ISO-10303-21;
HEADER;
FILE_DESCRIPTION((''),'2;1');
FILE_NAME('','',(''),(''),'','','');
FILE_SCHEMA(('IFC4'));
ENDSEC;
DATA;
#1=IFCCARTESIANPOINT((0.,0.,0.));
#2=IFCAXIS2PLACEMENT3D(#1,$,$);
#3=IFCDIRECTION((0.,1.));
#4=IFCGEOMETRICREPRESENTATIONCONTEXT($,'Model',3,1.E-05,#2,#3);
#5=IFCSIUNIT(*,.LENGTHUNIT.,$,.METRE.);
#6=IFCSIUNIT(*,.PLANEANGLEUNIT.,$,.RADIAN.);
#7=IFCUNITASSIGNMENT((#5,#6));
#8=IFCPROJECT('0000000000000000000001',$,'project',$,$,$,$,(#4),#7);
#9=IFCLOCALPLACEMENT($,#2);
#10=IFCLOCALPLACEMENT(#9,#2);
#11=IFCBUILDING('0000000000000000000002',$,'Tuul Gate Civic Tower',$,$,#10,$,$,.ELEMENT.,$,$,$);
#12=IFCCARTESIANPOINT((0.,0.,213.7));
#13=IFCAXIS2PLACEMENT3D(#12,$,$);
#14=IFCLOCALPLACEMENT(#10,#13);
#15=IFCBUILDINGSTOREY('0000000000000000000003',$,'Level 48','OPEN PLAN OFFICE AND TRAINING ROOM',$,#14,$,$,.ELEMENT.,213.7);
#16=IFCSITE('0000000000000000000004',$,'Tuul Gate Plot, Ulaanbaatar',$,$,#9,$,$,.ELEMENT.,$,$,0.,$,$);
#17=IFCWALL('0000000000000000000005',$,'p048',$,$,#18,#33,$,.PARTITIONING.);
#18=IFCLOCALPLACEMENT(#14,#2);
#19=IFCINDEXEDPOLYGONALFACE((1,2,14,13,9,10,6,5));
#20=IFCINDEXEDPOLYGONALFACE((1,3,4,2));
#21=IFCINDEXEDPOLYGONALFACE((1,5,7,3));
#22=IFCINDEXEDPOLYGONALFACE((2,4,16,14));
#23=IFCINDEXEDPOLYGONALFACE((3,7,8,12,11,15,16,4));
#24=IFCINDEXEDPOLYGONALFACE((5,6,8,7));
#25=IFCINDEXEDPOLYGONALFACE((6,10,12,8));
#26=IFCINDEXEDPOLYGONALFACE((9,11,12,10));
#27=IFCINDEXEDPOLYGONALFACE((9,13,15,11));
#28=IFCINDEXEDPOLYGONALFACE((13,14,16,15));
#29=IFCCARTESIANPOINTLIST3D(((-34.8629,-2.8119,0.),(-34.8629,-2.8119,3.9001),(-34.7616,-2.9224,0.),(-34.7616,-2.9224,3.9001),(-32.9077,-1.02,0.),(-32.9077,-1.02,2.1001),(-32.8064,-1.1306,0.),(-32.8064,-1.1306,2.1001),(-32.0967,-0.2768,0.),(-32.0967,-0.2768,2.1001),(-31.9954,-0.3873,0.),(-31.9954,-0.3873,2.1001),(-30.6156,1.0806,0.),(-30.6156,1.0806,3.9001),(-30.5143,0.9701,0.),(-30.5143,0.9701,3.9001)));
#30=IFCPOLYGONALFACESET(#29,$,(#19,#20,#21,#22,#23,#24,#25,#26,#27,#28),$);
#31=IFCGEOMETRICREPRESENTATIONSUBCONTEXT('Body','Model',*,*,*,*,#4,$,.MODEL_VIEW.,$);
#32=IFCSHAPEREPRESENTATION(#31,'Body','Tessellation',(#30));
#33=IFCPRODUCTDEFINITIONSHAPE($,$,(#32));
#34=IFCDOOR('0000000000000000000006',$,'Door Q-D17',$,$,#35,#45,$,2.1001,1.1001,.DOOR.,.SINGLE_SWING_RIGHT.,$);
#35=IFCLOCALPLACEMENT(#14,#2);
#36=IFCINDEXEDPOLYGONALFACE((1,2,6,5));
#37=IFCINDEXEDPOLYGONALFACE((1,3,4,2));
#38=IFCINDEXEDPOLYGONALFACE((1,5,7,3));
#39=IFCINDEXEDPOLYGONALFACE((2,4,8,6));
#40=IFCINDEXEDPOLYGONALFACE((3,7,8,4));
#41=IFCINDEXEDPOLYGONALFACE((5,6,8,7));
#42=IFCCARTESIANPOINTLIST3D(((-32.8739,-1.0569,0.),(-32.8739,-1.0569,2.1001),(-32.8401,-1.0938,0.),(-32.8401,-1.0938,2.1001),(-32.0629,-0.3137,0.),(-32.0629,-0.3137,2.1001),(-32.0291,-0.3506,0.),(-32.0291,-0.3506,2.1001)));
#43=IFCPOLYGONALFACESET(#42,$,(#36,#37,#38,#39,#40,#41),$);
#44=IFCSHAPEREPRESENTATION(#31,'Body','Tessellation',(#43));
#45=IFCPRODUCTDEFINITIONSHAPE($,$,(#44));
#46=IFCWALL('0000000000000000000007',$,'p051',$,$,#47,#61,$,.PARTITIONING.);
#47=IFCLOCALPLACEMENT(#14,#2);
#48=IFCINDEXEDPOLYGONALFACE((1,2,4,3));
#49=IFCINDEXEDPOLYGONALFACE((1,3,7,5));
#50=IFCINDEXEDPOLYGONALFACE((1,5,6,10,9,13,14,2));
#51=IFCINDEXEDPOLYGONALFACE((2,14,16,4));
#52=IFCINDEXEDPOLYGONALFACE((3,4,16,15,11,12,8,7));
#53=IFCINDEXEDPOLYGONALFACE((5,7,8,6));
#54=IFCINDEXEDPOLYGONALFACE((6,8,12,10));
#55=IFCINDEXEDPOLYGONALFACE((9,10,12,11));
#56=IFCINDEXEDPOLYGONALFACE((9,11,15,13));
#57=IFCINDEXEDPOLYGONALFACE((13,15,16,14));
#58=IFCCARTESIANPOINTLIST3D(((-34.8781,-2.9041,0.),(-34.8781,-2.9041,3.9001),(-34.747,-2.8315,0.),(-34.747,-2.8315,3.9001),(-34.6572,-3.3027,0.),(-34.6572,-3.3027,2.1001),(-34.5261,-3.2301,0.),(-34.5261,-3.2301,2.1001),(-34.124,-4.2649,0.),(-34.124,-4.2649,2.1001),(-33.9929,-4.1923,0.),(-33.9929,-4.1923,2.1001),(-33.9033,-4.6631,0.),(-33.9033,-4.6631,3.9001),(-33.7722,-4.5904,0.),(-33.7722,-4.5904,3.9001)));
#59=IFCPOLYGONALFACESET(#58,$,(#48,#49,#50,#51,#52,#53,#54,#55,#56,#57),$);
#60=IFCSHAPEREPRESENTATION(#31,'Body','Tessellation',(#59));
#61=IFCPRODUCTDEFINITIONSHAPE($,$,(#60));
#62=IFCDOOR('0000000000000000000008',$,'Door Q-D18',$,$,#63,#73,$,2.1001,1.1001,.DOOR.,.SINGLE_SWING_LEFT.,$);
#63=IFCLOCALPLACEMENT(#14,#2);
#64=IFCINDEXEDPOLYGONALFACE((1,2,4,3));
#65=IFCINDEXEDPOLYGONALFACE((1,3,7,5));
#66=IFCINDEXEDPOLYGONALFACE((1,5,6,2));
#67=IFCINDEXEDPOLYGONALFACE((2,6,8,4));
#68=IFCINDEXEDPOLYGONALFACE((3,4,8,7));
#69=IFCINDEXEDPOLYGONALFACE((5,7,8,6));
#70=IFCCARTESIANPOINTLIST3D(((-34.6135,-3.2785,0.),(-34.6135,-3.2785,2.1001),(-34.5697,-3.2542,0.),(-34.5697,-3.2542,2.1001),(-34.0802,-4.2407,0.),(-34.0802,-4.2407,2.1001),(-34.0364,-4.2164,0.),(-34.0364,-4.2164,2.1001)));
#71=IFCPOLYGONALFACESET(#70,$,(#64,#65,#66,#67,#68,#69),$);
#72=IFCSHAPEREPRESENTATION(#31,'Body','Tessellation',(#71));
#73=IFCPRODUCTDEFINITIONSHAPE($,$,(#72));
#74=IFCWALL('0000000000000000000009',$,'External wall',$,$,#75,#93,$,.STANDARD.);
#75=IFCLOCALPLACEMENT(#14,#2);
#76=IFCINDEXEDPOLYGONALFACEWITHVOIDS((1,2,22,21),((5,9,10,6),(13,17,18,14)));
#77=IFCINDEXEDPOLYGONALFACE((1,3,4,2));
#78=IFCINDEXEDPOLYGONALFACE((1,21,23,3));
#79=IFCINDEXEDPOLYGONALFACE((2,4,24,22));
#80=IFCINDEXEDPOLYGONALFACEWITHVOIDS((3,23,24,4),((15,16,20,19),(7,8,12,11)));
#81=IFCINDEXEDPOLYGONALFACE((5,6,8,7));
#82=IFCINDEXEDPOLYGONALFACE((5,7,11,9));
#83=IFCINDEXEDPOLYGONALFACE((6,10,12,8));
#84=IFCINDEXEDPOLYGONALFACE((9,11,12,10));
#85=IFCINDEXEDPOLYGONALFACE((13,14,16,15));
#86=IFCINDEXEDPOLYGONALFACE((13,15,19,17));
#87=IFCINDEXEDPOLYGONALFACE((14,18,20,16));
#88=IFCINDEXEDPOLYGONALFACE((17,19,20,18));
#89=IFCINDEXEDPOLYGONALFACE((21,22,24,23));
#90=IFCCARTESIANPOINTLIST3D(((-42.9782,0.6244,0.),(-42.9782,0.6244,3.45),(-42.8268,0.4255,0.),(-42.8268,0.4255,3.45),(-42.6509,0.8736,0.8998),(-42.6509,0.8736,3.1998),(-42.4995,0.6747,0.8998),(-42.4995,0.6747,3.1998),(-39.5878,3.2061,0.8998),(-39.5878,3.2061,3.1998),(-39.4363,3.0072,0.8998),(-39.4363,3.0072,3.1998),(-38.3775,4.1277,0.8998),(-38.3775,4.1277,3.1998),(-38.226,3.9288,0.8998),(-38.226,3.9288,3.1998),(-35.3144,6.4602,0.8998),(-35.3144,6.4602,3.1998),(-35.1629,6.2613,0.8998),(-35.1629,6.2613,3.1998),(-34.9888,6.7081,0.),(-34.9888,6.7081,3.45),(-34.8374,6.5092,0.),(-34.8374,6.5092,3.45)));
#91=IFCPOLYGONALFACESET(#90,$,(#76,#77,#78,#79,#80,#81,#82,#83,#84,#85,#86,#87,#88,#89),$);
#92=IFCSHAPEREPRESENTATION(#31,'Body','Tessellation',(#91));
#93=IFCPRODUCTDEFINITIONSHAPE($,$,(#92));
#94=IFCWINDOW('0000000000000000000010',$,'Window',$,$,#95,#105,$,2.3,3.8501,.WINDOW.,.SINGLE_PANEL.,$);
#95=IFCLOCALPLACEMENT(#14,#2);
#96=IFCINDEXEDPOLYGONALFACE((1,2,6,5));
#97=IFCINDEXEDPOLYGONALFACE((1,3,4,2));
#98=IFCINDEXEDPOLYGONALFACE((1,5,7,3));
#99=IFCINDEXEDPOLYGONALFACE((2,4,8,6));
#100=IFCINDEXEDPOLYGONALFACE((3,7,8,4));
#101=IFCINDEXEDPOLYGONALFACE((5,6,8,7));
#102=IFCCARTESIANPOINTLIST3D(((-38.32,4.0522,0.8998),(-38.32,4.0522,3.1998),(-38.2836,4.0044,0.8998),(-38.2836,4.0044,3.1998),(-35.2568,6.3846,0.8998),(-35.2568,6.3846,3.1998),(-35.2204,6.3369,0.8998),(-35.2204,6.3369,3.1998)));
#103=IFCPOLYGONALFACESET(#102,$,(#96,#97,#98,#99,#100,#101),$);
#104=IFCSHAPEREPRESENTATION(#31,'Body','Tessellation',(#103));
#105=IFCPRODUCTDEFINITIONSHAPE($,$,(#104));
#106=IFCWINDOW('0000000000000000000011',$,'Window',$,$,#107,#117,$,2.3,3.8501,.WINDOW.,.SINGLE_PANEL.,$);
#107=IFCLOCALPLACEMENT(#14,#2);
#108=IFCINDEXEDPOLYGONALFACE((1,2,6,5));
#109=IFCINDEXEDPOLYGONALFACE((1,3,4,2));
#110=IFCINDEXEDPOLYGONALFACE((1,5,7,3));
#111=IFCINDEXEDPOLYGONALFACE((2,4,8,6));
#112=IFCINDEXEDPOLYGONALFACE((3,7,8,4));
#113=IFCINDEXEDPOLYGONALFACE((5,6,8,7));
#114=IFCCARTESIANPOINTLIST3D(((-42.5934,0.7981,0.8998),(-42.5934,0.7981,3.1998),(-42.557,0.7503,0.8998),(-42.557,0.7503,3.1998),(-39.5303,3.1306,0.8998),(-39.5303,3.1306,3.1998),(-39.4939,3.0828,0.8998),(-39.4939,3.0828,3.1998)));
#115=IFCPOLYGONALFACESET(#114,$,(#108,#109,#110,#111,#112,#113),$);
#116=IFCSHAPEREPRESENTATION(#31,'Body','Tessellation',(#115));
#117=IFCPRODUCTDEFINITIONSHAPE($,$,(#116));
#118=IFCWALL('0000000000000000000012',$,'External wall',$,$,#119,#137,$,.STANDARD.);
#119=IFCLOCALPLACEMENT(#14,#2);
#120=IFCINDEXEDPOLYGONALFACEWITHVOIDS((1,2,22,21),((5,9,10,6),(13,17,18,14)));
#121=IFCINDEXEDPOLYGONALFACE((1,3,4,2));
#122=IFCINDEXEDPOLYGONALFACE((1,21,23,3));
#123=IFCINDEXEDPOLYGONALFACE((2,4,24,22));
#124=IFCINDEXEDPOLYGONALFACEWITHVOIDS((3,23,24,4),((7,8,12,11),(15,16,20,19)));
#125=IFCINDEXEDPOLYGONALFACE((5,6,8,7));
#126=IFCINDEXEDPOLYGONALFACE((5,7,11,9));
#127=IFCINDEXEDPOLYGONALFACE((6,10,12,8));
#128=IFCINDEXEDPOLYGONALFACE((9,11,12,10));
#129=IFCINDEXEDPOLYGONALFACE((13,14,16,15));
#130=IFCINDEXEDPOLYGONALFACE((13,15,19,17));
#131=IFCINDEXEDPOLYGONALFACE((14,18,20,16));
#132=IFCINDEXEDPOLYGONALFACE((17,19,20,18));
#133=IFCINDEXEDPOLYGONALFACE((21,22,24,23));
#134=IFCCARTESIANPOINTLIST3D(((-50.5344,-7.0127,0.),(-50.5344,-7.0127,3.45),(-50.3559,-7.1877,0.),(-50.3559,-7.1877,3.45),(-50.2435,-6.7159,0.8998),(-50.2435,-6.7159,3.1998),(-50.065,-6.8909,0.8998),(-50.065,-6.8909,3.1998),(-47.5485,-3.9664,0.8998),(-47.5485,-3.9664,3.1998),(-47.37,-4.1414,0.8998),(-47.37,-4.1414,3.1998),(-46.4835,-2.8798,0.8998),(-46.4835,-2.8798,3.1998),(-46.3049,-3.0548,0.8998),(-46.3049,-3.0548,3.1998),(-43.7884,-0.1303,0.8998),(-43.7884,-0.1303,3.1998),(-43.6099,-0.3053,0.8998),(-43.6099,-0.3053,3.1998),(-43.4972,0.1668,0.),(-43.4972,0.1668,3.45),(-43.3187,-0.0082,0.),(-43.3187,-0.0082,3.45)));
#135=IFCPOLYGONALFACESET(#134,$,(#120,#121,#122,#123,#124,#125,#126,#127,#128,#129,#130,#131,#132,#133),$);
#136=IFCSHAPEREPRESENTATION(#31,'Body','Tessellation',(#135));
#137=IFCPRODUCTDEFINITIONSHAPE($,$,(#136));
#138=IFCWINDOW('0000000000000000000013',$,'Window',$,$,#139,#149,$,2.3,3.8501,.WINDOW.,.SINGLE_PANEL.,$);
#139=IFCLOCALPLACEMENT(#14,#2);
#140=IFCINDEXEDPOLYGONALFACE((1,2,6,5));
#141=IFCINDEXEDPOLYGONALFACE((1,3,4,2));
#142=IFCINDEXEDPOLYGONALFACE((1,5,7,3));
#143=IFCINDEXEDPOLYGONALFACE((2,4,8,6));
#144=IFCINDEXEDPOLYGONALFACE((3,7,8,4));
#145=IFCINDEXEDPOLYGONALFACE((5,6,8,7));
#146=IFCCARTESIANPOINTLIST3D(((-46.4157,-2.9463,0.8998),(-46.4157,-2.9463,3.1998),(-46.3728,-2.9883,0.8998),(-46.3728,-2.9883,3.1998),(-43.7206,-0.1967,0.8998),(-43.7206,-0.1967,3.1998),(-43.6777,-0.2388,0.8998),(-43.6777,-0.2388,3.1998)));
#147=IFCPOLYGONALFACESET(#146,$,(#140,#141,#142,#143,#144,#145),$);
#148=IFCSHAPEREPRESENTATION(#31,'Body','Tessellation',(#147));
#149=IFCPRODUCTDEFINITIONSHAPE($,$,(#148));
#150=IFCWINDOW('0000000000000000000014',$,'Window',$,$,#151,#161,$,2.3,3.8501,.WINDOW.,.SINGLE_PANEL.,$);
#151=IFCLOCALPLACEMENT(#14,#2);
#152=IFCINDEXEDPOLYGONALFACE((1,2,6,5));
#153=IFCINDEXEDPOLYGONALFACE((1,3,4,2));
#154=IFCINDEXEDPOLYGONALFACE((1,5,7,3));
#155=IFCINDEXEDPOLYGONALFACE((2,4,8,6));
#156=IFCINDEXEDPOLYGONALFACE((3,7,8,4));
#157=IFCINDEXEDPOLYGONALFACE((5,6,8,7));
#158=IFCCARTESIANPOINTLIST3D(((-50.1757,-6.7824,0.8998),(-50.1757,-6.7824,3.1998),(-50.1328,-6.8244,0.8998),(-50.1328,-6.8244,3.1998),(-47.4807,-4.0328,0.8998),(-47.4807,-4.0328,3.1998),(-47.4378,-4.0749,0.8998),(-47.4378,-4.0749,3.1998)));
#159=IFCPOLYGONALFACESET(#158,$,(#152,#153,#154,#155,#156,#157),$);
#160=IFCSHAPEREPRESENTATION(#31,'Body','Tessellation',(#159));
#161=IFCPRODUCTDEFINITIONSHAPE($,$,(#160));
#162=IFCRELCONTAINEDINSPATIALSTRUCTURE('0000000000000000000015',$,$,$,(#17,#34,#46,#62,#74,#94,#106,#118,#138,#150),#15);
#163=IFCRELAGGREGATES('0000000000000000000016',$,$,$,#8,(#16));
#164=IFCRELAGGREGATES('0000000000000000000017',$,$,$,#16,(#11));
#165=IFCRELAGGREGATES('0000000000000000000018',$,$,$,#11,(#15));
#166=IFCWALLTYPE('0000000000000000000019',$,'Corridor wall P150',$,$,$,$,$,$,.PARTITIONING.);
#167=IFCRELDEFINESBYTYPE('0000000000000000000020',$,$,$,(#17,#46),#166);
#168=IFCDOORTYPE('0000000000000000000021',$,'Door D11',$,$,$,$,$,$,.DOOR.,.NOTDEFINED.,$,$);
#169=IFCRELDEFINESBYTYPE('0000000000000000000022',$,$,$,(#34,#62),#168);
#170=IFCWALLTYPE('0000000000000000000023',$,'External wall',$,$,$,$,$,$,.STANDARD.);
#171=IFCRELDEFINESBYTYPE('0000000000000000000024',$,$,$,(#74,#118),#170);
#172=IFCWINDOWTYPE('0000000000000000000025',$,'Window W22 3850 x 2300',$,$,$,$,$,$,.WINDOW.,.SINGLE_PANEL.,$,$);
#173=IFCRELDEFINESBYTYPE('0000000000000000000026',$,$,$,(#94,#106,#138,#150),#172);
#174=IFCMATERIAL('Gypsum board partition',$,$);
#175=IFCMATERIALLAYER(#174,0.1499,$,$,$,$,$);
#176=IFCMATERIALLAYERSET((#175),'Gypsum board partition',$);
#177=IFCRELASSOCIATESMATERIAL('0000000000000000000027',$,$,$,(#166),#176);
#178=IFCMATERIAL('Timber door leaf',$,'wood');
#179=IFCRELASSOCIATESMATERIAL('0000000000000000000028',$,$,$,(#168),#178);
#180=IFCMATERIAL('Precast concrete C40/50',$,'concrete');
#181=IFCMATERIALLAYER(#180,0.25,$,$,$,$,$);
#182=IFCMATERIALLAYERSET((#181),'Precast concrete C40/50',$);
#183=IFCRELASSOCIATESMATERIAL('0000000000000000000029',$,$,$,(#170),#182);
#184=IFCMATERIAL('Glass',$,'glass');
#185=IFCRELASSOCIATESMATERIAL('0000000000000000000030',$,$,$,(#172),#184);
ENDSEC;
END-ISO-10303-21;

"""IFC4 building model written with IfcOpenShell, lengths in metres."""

from ifc_helpers import new_model, si_unit, direction, frame, frame_2d, origin, place, context, subcontext, project, spatial, rectangle, extrude, material, layer, layer_set, type_object, element, fill, save


model = new_model("IFC4")

# Units and contexts
model_context = context("Model", 3, precision=1e-05, world=origin(), true_north=direction((0.0, 1.0)))
body_context = subcontext(model_context, "Body", "Model", "MODEL_VIEW")
ifc_project = project(units=[si_unit("LENGTHUNIT", "METRE"), si_unit("PLANEANGLEUNIT", "RADIAN")], contexts=[model_context])

# Site, building, storey
site_placement = place(None, origin())
site = spatial("IfcSite", under=ifc_project, at=site_placement, Name="Tuul Gate Plot, Ulaanbaatar", CompositionType="ELEMENT", RefElevation=0.0)
building_placement = place(site_placement, origin())
building = spatial("IfcBuilding", under=site, at=building_placement, Name="Tuul Gate Civic Tower", CompositionType="ELEMENT")
storey_placement = place(building_placement, frame((0.0, 0.0, 213.7)))
storey = spatial("IfcBuildingStorey", under=building, at=storey_placement, Name="Level 48", Description="OPEN PLAN OFFICE AND TRAINING ROOM", CompositionType="ELEMENT", Elevation=213.7)

# Shared definitions
ifc_material_1 = material(Name="Gypsum board partition")
ifc_layer_1 = layer(ifc_material_1, 0.1499)
ifc_layer_set_1 = layer_set([ifc_layer_1], Name="Gypsum board partition")
wall_type_1 = type_object("IfcWallType", Name="Corridor wall P150", PredefinedType="PARTITIONING", material=ifc_layer_set_1)

# Walls, openings, doors
wall_1_placement = place(storey_placement, frame((-34.8123, -2.8672, 0.0), z_axis=(0.0, 0.0, 1.0), x_axis=(0.737223, 0.67565, 0.0)))
wall_1 = element("IfcWall", 1, at=wall_1_placement, inside=storey, type_object=wall_type_1, Name="p048", PredefinedType="PARTITIONING", context=body_context, shape_type="SweptSolid", body=[
    extrude(rectangle(XDim=5.7612, YDim=0.1499, at=frame_2d((2.8806, 0.0))), origin(), (0.0, 0.0, 1.0), 3.9001),
])
opening_1_placement = place(wall_1_placement, frame((2.6521, 0.0, 0.0)))
opening_1 = element("IfcOpeningElement", 2, at=opening_1_placement, cuts=wall_1, PredefinedType="OPENING", context=body_context, shape_type="SweptSolid", body=[
    extrude(rectangle(XDim=1.1001, YDim=2.1001, at=frame_2d((0.55, 1.05))), frame((0.0, 0.085, 0.0), z_axis=(0.0, -1.0, 0.0), x_axis=(1.0, 0.0, 0.0)), (0.0, 0.0, 1.0), 0.1699),
])
ifc_material_2 = material(Name="Timber door leaf", Category="wood")
door_type_1 = type_object("IfcDoorType", Name="Door D11", OperationType="NOTDEFINED", PredefinedType="DOOR", material=ifc_material_2)
door_1_placement = place(opening_1_placement, origin())
door_1 = element("IfcDoor", 3, at=door_1_placement, inside=storey, type_object=door_type_1, Name="Door Q-D17", OperationType="SINGLE_SWING_RIGHT", OverallHeight=2.1001, OverallWidth=1.1001, PredefinedType="DOOR", context=body_context, shape_type="SweptSolid", body=[
    extrude(rectangle(XDim=1.1001, YDim=2.1001, at=frame_2d((0.55, 1.05))), frame((0.0, 0.0249, 0.0), z_axis=(0.0, -1.0, 0.0), x_axis=(1.0, 0.0, 0.0)), (0.0, 0.0, 1.0), 0.05),
])
fill(opening_1, door_1)
wall_2_placement = place(storey_placement, frame((-34.8125, -2.8679, 0.0), z_axis=(0.0, 0.0, 1.0), x_axis=(0.484736, -0.874661, 0.0)))
wall_2 = element("IfcWall", 4, at=wall_2_placement, inside=storey, type_object=wall_type_1, Name="p051", PredefinedType="PARTITIONING", context=body_context, shape_type="SweptSolid", body=[
    extrude(rectangle(XDim=2.011, YDim=0.1499, at=frame_2d((1.0054, 0.0))), origin(), (0.0, 0.0, 1.0), 3.9001),
])
opening_2_placement = place(wall_2_placement, frame((0.4556, 0.0, 0.0)))
opening_2 = element("IfcOpeningElement", 5, at=opening_2_placement, cuts=wall_2, PredefinedType="OPENING", context=body_context, shape_type="SweptSolid", body=[
    extrude(rectangle(XDim=1.1001, YDim=2.1001, at=frame_2d((0.55, 1.05))), frame((0.0, 0.085, 0.0), z_axis=(0.0, -1.0, 0.0), x_axis=(1.0, 0.0, 0.0)), (0.0, 0.0, 1.0), 0.1699),
])
door_2_placement = place(opening_2_placement, frame((1.1001, 0.0, 0.0), z_axis=(0.0, 0.0, 1.0), x_axis=(-1.0, 0.0, 0.0)))
door_2 = element("IfcDoor", 6, at=door_2_placement, inside=storey, type_object=door_type_1, Name="Door Q-D18", OperationType="SINGLE_SWING_LEFT", OverallHeight=2.1001, OverallWidth=1.1001, PredefinedType="DOOR", context=body_context, shape_type="SweptSolid", body=[
    extrude(rectangle(XDim=1.1001, YDim=2.1001, at=frame_2d((0.55, 1.05))), frame((0.0, 0.0249, 0.0), z_axis=(0.0, -1.0, 0.0), x_axis=(1.0, 0.0, 0.0)), (0.0, 0.0, 1.0), 0.05),
])
fill(opening_2, door_2)

# Walls, openings, windows
ifc_material_3 = material(Name="Precast concrete C40/50", Category="concrete")
ifc_layer_2 = layer(ifc_material_3, 0.25)
ifc_layer_set_2 = layer_set([ifc_layer_2], Name="Precast concrete C40/50")
wall_type_2 = type_object("IfcWallType", Name="External wall", PredefinedType="STANDARD", material=ifc_layer_set_2)
wall_3_placement = place(storey_placement, frame((-34.9131, 6.6086, 0.0), z_axis=(0.0, 0.0, 1.0), x_axis=(-0.7956, -0.605823, 0.0)))
wall_3 = element("IfcWall", 7, at=wall_3_placement, inside=storey, type_object=wall_type_2, Name="External wall", PredefinedType="STANDARD", context=body_context, shape_type="SweptSolid", body=[
    extrude(rectangle(XDim=10.042, YDim=0.25, at=frame_2d((5.021, 0.0))), origin(), (0.0, 0.0, 1.0), 3.45),
])
opening_3_placement = place(wall_3_placement, frame((0.4092, 0.0, 0.8999)))
opening_3 = element("IfcOpeningElement", 8, at=opening_3_placement, cuts=wall_3, PredefinedType="OPENING", context=body_context, shape_type="SweptSolid", body=[
    extrude(rectangle(XDim=3.8501, YDim=2.3, at=frame_2d((1.925, 1.1499))), frame((0.0, 0.135, 0.0), z_axis=(0.0, -1.0, 0.0), x_axis=(1.0, 0.0, 0.0)), (0.0, 0.0, 1.0), 0.27),
])
opening_4_placement = place(wall_3_placement, frame((5.7805, 0.0, 0.8999)))
opening_4 = element("IfcOpeningElement", 9, at=opening_4_placement, cuts=wall_3, PredefinedType="OPENING", context=body_context, shape_type="SweptSolid", body=[
    extrude(rectangle(XDim=3.8501, YDim=2.3, at=frame_2d((1.925, 1.1499))), frame((0.0, 0.135, 0.0), z_axis=(0.0, -1.0, 0.0), x_axis=(1.0, 0.0, 0.0)), (0.0, 0.0, 1.0), 0.27),
])
ifc_material_4 = material(Name="Glass", Category="glass")
window_type = type_object("IfcWindowType", Name="Window W22 3850 x 2300", PartitioningType="SINGLE_PANEL", PredefinedType="WINDOW", material=ifc_material_4)
window_1_placement = place(opening_3_placement, origin())
window_1 = element("IfcWindow", 10, at=window_1_placement, inside=storey, type_object=window_type, Name="Window", OverallHeight=2.3, OverallWidth=3.8501, PartitioningType="SINGLE_PANEL", PredefinedType="WINDOW", context=body_context, shape_type="SweptSolid", body=[
    extrude(rectangle(XDim=3.8501, YDim=2.3, at=frame_2d((1.925, 1.1499))), frame((0.0, 0.03, 0.0), z_axis=(0.0, -1.0, 0.0), x_axis=(1.0, 0.0, 0.0)), (0.0, 0.0, 1.0), 0.0601),
])
fill(opening_3, window_1)
window_2_placement = place(opening_4_placement, origin())
window_2 = element("IfcWindow", 11, at=window_2_placement, inside=storey, type_object=window_type, Name="Window", OverallHeight=2.3, OverallWidth=3.8501, PartitioningType="SINGLE_PANEL", PredefinedType="WINDOW", context=body_context, shape_type="SweptSolid", body=[
    extrude(rectangle(XDim=3.8501, YDim=2.3, at=frame_2d((1.925, 1.1499))), frame((0.0, 0.03, 0.0), z_axis=(0.0, -1.0, 0.0), x_axis=(1.0, 0.0, 0.0)), (0.0, 0.0, 1.0), 0.0601),
])
fill(opening_4, window_2)
wall_4_placement = place(storey_placement, frame((-43.408, 0.0793, 0.0), z_axis=(0.0, 0.0, 1.0), x_axis=(-0.699992, -0.71415, 0.0)))
wall_4 = element("IfcWall", 12, at=wall_4_placement, inside=storey, type_object=wall_type_2, Name="External wall", PredefinedType="STANDARD", context=body_context, shape_type="SweptSolid", body=[
    extrude(rectangle(XDim=10.0532, YDim=0.25, at=frame_2d((5.0266, 0.0))), origin(), (0.0, 0.0, 1.0), 3.45),
])
opening_5_placement = place(wall_4_placement, frame((0.416, 0.0, 0.8999)))
opening_5 = element("IfcOpeningElement", 13, at=opening_5_placement, cuts=wall_4, PredefinedType="OPENING", context=body_context, shape_type="SweptSolid", body=[
    extrude(rectangle(XDim=3.8501, YDim=2.3, at=frame_2d((1.925, 1.1499))), frame((0.0, 0.135, 0.0), z_axis=(0.0, -1.0, 0.0), x_axis=(1.0, 0.0, 0.0)), (0.0, 0.0, 1.0), 0.27),
])
opening_6_placement = place(wall_4_placement, frame((5.7876, 0.0, 0.8999)))
opening_6 = element("IfcOpeningElement", 14, at=opening_6_placement, cuts=wall_4, PredefinedType="OPENING", context=body_context, shape_type="SweptSolid", body=[
    extrude(rectangle(XDim=3.8501, YDim=2.3, at=frame_2d((1.925, 1.1499))), frame((0.0, 0.135, 0.0), z_axis=(0.0, -1.0, 0.0), x_axis=(1.0, 0.0, 0.0)), (0.0, 0.0, 1.0), 0.27),
])
window_3_placement = place(opening_5_placement, origin())
window_3 = element("IfcWindow", 15, at=window_3_placement, inside=storey, type_object=window_type, Name="Window", OverallHeight=2.3, OverallWidth=3.8501, PartitioningType="SINGLE_PANEL", PredefinedType="WINDOW", context=body_context, shape_type="SweptSolid", body=[
    extrude(rectangle(XDim=3.8501, YDim=2.3, at=frame_2d((1.925, 1.1499))), frame((0.0, 0.03, 0.0), z_axis=(0.0, -1.0, 0.0), x_axis=(1.0, 0.0, 0.0)), (0.0, 0.0, 1.0), 0.0601),
])
fill(opening_5, window_3)
window_4_placement = place(opening_6_placement, origin())
window_4 = element("IfcWindow", 16, at=window_4_placement, inside=storey, type_object=window_type, Name="Window", OverallHeight=2.3, OverallWidth=3.8501, PartitioningType="SINGLE_PANEL", PredefinedType="WINDOW", context=body_context, shape_type="SweptSolid", body=[
    extrude(rectangle(XDim=3.8501, YDim=2.3, at=frame_2d((1.925, 1.1499))), frame((0.0, 0.03, 0.0), z_axis=(0.0, -1.0, 0.0), x_axis=(1.0, 0.0, 0.0)), (0.0, 0.0, 1.0), 0.0601),
])
fill(opening_6, window_4)

save(model, "model.ifc")
